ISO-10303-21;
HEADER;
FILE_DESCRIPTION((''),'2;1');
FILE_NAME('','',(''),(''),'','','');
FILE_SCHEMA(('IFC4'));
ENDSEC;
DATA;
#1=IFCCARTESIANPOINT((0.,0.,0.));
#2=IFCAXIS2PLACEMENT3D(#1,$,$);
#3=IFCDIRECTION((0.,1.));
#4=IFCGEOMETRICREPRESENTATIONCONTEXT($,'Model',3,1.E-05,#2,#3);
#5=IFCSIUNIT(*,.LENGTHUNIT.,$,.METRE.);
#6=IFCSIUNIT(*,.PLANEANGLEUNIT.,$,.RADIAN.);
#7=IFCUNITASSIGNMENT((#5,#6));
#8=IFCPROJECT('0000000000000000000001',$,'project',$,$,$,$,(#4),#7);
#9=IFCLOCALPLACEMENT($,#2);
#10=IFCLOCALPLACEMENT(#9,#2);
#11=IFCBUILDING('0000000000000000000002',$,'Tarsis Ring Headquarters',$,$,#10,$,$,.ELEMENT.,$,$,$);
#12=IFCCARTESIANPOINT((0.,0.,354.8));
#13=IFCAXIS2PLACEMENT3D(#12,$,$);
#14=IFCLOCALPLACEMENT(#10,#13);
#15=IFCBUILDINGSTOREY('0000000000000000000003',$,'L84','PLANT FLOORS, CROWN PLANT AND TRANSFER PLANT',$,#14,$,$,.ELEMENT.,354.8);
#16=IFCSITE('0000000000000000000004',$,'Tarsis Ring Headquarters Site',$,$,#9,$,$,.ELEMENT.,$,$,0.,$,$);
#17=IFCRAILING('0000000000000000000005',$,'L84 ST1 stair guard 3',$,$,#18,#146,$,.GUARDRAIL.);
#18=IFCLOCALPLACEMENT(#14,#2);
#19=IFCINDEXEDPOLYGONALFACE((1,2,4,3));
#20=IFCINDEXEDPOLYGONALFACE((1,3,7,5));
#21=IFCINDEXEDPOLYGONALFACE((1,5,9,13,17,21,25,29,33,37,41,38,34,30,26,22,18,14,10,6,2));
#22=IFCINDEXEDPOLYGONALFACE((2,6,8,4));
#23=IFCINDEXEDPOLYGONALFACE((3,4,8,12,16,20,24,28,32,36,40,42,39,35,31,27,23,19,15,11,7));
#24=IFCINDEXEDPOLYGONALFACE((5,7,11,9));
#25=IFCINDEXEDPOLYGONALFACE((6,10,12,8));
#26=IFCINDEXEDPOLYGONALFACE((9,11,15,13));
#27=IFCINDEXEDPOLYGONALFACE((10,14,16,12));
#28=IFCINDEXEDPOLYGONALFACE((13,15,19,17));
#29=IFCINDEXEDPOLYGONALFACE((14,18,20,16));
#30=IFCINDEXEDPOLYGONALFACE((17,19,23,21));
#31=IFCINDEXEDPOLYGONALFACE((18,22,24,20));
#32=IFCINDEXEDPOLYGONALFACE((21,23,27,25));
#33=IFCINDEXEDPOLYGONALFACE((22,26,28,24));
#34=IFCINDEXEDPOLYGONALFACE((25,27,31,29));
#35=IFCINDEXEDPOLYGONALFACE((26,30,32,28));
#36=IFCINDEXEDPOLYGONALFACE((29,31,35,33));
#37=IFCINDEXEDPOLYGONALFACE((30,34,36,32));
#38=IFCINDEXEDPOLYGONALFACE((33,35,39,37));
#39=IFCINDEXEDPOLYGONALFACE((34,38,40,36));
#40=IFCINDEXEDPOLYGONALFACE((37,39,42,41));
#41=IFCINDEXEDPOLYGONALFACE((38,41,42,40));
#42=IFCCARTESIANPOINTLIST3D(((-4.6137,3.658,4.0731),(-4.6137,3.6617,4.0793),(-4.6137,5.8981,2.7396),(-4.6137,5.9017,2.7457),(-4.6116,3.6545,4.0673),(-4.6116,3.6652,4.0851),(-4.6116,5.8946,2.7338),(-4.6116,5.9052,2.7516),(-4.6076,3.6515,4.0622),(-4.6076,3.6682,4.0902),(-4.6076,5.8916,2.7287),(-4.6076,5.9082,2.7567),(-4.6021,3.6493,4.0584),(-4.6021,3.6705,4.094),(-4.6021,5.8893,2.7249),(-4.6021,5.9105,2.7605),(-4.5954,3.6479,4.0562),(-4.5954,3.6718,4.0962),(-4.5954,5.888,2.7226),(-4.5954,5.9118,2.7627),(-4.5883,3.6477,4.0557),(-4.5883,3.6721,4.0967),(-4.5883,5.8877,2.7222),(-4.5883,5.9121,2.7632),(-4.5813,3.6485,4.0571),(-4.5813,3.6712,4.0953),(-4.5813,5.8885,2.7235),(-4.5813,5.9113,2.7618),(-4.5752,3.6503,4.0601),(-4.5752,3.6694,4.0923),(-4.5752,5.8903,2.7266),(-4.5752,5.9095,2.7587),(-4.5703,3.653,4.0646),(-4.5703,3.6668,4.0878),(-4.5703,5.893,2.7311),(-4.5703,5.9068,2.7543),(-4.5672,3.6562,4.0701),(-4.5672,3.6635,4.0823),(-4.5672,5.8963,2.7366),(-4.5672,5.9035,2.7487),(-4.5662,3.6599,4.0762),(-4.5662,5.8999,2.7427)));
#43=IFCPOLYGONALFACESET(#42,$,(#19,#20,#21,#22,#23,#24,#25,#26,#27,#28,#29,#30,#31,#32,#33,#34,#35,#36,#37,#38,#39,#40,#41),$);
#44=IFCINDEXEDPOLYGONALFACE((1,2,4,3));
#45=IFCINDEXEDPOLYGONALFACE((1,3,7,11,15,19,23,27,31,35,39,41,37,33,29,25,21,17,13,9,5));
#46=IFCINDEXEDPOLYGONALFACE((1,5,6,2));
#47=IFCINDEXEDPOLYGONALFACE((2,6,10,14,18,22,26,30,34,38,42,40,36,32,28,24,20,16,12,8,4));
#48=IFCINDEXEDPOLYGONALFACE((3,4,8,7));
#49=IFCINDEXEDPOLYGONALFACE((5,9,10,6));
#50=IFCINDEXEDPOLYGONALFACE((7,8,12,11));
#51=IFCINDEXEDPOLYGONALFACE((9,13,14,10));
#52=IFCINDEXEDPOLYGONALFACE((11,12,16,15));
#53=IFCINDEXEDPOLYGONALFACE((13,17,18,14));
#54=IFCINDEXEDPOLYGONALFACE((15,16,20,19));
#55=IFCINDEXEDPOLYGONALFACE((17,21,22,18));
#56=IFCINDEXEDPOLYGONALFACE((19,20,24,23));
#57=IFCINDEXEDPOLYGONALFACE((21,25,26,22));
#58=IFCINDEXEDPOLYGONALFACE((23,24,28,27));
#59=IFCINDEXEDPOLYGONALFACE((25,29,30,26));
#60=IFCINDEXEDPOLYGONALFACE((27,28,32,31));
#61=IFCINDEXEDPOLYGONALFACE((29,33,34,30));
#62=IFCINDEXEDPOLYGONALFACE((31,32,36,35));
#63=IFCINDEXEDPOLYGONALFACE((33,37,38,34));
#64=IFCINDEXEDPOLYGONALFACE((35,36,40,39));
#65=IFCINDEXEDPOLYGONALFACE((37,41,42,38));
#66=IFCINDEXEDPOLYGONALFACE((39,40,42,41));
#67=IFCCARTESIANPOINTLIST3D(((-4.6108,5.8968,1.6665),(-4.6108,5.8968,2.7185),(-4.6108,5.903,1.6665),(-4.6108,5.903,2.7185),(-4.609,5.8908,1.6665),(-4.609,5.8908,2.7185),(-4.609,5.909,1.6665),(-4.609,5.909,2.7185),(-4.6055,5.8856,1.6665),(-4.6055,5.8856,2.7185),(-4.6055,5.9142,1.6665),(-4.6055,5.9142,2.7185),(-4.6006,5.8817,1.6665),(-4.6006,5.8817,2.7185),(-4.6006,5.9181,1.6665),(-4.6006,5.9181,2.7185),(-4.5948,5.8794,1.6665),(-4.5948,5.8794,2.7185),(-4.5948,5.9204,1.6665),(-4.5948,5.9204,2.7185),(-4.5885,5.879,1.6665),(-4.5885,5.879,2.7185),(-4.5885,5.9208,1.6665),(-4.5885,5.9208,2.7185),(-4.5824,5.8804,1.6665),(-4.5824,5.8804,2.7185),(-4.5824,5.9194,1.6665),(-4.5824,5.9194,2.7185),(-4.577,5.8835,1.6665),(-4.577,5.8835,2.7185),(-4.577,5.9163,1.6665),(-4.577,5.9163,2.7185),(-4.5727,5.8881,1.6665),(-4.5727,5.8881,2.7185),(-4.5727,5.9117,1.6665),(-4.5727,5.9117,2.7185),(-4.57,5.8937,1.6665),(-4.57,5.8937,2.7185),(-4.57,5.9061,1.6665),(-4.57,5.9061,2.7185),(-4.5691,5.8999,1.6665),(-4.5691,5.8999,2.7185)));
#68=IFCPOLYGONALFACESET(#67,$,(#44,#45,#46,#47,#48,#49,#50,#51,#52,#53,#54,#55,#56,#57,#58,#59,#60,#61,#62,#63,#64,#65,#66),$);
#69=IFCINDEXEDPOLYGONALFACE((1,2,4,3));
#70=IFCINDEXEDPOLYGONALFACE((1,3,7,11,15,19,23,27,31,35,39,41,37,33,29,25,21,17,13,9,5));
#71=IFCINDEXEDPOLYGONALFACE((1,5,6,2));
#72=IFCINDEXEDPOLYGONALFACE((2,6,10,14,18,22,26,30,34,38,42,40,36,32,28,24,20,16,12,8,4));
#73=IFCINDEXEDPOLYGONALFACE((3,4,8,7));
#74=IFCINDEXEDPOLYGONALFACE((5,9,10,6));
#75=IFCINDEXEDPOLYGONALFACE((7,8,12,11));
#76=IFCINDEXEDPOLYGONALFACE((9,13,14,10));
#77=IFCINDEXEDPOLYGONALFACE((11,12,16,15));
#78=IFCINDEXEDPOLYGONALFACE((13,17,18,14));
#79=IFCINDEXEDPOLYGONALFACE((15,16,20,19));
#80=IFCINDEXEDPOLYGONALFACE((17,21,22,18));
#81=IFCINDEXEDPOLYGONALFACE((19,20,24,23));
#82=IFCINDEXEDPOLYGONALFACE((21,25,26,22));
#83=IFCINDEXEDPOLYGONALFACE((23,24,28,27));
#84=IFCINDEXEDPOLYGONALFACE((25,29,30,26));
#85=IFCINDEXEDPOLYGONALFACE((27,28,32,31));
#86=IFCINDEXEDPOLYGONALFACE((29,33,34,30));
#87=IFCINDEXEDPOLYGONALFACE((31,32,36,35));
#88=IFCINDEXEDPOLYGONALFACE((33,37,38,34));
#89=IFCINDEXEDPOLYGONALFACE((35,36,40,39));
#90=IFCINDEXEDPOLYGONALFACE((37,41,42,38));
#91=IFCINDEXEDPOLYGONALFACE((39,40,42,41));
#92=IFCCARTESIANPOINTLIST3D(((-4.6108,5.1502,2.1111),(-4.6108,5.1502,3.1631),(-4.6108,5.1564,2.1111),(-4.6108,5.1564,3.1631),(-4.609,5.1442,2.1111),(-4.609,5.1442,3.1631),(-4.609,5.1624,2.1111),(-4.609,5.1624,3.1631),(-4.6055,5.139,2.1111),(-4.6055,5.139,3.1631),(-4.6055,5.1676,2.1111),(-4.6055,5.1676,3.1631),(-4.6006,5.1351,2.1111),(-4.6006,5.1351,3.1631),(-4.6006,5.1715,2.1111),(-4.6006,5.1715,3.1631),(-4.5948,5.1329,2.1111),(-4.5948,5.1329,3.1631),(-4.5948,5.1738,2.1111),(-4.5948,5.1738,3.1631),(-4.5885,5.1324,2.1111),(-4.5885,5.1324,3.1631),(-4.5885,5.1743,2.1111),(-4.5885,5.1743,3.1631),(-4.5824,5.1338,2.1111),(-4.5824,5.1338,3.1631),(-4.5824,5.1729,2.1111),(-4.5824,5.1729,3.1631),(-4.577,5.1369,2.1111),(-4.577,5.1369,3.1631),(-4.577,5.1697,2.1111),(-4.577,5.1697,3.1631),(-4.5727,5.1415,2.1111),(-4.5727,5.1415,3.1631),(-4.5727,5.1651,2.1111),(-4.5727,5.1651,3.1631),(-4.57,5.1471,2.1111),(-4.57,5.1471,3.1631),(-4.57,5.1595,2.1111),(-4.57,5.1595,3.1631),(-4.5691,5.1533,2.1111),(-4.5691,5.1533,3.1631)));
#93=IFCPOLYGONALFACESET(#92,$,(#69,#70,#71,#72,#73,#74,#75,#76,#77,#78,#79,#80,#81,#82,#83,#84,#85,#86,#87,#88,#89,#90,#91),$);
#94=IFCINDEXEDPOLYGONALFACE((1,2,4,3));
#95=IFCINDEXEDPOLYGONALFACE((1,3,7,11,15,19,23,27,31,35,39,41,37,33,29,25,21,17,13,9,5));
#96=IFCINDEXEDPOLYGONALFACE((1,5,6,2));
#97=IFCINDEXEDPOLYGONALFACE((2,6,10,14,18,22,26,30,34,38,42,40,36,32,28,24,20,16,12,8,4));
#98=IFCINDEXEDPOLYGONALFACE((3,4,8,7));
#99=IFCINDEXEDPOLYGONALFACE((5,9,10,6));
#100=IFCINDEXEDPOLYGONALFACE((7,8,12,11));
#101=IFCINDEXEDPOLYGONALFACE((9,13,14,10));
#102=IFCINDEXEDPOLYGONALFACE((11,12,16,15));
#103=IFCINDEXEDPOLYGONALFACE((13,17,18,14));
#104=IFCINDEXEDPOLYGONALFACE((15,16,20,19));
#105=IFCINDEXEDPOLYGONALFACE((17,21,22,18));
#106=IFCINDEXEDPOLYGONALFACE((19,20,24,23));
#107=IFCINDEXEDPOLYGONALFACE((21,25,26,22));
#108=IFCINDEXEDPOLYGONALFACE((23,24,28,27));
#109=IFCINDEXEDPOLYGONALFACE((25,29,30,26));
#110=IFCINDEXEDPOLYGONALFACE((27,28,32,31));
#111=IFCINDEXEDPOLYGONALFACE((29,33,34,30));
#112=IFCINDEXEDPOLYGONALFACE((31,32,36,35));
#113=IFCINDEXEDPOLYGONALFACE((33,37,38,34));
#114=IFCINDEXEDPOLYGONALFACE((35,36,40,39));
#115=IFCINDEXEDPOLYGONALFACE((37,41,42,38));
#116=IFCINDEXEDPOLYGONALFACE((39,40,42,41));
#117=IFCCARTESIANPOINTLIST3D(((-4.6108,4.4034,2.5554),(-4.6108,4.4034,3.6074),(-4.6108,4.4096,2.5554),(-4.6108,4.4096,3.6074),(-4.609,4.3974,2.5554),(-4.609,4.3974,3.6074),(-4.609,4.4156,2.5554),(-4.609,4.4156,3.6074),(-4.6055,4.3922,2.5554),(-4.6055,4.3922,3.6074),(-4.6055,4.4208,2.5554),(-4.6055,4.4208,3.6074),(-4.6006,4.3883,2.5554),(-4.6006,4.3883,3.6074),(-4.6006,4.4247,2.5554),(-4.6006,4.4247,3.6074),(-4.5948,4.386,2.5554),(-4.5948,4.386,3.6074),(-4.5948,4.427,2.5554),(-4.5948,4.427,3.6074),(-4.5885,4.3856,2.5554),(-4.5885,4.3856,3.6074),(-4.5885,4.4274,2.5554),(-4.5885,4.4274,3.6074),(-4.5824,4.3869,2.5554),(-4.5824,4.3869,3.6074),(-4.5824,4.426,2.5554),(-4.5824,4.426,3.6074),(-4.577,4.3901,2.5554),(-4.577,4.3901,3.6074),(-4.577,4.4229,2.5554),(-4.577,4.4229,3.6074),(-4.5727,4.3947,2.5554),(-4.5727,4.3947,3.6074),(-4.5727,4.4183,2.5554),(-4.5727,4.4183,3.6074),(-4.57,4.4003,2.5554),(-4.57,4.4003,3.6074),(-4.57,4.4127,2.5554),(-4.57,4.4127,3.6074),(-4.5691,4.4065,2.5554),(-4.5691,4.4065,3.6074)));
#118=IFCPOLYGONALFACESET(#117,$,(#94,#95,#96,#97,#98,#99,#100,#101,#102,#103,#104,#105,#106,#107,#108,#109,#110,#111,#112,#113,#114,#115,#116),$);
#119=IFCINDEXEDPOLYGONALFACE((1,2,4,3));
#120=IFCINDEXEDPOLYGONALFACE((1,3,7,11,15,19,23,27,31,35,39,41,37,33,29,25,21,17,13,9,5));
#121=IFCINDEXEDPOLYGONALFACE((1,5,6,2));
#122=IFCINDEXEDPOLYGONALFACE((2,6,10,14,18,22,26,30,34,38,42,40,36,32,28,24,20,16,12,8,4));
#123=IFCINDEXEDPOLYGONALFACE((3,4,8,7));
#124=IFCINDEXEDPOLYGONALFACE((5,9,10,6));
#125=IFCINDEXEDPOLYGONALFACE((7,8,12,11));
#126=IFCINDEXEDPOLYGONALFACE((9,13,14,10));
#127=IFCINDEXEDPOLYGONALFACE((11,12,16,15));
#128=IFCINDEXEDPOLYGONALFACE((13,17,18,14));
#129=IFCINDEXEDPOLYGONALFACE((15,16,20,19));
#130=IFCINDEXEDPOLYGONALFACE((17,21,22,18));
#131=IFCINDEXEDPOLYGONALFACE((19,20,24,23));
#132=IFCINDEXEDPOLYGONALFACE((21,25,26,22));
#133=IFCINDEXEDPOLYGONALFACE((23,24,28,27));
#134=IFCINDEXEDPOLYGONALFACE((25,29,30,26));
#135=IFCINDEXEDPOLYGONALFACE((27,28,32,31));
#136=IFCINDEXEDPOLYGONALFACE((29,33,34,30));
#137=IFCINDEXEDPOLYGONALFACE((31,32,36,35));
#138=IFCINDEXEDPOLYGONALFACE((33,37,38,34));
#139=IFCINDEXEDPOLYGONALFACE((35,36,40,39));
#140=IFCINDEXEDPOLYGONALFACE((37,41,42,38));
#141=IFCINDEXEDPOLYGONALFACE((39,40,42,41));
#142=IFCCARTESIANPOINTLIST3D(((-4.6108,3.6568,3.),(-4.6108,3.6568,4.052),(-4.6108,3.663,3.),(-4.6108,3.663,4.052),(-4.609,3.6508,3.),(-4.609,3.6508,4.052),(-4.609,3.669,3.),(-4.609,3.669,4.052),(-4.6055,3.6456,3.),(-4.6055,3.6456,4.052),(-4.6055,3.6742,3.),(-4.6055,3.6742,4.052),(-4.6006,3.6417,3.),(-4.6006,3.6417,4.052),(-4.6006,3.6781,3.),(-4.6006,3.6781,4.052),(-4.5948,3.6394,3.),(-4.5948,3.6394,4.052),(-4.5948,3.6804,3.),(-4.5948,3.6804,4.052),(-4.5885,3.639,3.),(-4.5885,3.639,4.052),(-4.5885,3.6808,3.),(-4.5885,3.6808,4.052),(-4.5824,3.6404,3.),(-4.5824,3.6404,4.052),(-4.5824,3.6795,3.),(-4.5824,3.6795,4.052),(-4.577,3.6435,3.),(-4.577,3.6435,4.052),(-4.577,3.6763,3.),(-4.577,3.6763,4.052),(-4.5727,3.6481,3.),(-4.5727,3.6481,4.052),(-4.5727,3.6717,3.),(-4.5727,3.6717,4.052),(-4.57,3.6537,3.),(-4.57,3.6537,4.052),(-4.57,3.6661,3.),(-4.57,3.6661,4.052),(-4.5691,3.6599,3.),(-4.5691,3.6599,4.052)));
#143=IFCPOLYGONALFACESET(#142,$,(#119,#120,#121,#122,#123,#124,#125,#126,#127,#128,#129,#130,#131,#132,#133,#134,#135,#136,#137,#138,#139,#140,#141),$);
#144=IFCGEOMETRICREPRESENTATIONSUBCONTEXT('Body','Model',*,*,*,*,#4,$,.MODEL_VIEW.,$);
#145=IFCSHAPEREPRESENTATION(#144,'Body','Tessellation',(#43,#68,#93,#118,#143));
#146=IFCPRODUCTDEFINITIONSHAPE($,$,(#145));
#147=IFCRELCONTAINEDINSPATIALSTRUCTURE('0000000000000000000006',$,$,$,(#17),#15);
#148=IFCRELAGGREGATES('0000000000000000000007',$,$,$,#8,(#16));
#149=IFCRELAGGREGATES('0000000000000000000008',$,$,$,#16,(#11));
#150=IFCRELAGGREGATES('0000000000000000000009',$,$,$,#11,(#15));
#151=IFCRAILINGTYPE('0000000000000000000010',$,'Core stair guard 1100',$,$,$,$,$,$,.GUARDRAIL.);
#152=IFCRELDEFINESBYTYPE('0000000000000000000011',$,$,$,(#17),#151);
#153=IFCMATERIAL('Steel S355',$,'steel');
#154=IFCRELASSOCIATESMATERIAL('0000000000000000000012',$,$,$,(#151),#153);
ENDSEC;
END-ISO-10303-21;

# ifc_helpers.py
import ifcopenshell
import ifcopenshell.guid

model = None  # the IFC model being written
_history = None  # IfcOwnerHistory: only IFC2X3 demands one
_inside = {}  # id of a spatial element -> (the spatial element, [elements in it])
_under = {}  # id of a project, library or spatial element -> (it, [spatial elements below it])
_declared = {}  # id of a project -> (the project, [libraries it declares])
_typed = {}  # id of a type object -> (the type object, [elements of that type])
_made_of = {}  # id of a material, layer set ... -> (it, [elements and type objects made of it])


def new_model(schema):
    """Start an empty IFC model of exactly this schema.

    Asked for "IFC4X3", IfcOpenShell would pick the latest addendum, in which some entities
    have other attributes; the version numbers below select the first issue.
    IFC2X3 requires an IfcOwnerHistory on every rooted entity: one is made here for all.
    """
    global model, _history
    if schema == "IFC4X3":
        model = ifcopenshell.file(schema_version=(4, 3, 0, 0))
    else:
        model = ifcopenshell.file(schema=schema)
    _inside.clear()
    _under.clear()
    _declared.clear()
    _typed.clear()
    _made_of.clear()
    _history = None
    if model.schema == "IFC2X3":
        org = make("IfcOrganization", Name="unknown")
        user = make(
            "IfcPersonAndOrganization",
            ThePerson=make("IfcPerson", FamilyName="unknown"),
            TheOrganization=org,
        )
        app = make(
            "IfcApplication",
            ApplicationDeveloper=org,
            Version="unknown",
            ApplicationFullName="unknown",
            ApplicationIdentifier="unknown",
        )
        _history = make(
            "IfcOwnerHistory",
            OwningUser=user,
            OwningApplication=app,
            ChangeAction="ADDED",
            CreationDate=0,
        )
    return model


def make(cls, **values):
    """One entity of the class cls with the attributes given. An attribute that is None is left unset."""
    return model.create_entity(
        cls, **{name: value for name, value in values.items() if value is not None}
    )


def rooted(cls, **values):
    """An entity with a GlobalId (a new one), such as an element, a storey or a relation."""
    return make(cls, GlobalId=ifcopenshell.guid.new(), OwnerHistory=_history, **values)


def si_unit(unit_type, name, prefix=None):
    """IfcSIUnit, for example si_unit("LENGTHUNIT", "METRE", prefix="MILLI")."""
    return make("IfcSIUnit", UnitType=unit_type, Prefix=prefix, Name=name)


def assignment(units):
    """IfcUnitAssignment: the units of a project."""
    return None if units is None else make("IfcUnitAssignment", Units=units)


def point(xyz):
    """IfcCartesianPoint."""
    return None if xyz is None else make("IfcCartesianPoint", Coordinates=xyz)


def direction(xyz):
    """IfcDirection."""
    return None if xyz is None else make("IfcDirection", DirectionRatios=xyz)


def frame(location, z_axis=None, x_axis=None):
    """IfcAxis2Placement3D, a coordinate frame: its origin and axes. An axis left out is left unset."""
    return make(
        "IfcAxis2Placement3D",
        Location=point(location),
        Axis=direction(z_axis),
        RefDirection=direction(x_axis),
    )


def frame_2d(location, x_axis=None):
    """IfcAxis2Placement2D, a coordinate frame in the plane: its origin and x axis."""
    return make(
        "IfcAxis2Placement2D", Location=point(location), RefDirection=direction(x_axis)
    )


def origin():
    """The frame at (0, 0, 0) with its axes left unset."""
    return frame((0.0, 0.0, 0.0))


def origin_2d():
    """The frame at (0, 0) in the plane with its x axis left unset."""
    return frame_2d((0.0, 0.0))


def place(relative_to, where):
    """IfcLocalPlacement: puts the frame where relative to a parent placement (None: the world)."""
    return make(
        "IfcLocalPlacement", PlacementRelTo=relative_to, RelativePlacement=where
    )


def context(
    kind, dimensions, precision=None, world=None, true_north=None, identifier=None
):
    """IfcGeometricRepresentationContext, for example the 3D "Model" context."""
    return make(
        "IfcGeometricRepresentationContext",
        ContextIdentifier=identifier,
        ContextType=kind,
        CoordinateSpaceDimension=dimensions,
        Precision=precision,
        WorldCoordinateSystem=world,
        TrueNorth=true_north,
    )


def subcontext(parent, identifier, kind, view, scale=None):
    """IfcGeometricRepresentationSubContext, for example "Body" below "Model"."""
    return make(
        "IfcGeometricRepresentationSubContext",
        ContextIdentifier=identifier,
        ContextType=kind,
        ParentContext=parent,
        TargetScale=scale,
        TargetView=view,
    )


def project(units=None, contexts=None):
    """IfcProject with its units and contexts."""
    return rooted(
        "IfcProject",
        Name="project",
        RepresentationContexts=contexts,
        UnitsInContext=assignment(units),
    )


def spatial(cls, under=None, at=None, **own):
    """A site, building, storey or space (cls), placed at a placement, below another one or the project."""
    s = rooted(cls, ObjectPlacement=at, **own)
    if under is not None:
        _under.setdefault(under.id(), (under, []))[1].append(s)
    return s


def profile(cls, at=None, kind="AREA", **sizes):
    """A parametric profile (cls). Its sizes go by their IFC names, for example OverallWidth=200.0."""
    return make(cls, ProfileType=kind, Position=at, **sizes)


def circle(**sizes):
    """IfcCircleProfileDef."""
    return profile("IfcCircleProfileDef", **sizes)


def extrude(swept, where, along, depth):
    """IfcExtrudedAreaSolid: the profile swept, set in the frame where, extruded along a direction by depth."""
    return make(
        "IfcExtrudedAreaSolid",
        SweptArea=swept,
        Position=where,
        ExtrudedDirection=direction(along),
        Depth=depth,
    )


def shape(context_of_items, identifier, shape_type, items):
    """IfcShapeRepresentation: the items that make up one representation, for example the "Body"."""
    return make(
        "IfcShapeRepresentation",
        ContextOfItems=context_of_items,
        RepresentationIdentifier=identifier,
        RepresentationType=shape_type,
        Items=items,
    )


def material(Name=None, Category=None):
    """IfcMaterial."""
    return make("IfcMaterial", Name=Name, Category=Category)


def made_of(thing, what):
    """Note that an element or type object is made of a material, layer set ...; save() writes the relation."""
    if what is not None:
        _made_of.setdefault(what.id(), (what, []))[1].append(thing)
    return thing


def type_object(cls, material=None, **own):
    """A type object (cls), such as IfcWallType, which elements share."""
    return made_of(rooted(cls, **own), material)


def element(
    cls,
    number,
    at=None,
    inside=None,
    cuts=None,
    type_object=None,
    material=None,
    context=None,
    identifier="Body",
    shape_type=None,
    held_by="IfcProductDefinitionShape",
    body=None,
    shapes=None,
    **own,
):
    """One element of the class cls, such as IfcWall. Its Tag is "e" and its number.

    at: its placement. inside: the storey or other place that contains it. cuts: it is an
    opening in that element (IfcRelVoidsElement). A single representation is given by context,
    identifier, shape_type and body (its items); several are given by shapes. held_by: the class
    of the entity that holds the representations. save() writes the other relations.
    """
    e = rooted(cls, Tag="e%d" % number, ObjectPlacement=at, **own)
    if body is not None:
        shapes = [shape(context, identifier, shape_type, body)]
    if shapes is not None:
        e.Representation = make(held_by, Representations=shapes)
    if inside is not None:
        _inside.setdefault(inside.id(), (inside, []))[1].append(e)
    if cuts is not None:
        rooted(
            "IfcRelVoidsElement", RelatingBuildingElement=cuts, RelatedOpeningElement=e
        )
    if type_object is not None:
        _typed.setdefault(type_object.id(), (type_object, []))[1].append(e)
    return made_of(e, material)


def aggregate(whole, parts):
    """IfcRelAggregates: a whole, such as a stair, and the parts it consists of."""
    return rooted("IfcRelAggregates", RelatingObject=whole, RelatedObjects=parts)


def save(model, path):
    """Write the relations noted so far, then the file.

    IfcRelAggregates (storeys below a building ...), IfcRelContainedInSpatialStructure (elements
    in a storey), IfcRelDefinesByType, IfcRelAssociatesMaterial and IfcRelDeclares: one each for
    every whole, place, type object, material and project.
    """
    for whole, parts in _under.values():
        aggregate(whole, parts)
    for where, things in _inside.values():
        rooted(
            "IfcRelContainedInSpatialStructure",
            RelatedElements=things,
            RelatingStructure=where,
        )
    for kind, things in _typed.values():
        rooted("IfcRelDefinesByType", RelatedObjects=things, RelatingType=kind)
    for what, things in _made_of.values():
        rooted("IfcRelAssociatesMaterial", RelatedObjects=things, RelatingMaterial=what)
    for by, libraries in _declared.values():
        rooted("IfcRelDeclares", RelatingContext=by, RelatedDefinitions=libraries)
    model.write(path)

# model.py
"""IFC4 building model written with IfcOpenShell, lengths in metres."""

from ifc_helpers import new_model, si_unit, direction, frame, origin, origin_2d, place, context, subcontext, project, spatial, circle, extrude, material, type_object, element, save


model = new_model("IFC4")

# Units and contexts
model_context = context("Model", 3, precision=1e-05, world=origin(), true_north=direction((0.0, 1.0)))
body_context = subcontext(model_context, "Body", "Model", "MODEL_VIEW")
ifc_project = project(units=[si_unit("LENGTHUNIT", "METRE"), si_unit("PLANEANGLEUNIT", "RADIAN")], contexts=[model_context])

# Site, building, storey
site_placement = place(None, origin())
site = spatial("IfcSite", under=ifc_project, at=site_placement, Name="Tarsis Ring Headquarters Site", CompositionType="ELEMENT", RefElevation=0.0)
building_placement = place(site_placement, origin())
building = spatial("IfcBuilding", under=site, at=building_placement, Name="Tarsis Ring Headquarters", CompositionType="ELEMENT")
storey_placement = place(building_placement, frame((0.0, 0.0, 354.8)))
storey = spatial("IfcBuildingStorey", under=building, at=storey_placement, Name="L84", Description="PLANT FLOORS, CROWN PLANT AND TRANSFER PLANT", CompositionType="ELEMENT", Elevation=354.8)

# Shared definitions
ifc_material_1 = material(Name="Steel S355", Category="steel")

# Railing
railing_type_1 = type_object("IfcRailingType", Name="Core stair guard 1100", PredefinedType="GUARDRAIL", material=ifc_material_1)
railing_1_placement = place(storey_placement, frame((-4.5901, 5.8999, 1.6665)))
element("IfcRailing", 1, at=railing_1_placement, inside=storey, type_object=railing_type_1, Name="L84 ST1 stair guard 3", PredefinedType="GUARDRAIL", context=body_context, shape_type="SweptSolid", body=[
    extrude(circle(Radius=0.0239, at=origin_2d()), frame((0.0, 0.0, 1.0762), z_axis=(0.0, -0.859264, 0.511532), x_axis=(1.0, 0.0, 0.0)), (0.0, 0.0, 1.0), 2.6069),
    extrude(circle(Radius=0.021, at=origin_2d()), origin(), (0.0, 0.0, 1.0), 1.052),
    extrude(circle(Radius=0.021, at=origin_2d()), frame((0.0, -0.7466, 0.4446)), (0.0, 0.0, 1.0), 1.052),
    extrude(circle(Radius=0.021, at=origin_2d()), frame((0.0, -1.4934, 0.8889)), (0.0, 0.0, 1.0), 1.052),
    extrude(circle(Radius=0.021, at=origin_2d()), frame((0.0, -2.24, 1.3335)), (0.0, 0.0, 1.0), 1.052),
])

save(model, "model.ifc")
